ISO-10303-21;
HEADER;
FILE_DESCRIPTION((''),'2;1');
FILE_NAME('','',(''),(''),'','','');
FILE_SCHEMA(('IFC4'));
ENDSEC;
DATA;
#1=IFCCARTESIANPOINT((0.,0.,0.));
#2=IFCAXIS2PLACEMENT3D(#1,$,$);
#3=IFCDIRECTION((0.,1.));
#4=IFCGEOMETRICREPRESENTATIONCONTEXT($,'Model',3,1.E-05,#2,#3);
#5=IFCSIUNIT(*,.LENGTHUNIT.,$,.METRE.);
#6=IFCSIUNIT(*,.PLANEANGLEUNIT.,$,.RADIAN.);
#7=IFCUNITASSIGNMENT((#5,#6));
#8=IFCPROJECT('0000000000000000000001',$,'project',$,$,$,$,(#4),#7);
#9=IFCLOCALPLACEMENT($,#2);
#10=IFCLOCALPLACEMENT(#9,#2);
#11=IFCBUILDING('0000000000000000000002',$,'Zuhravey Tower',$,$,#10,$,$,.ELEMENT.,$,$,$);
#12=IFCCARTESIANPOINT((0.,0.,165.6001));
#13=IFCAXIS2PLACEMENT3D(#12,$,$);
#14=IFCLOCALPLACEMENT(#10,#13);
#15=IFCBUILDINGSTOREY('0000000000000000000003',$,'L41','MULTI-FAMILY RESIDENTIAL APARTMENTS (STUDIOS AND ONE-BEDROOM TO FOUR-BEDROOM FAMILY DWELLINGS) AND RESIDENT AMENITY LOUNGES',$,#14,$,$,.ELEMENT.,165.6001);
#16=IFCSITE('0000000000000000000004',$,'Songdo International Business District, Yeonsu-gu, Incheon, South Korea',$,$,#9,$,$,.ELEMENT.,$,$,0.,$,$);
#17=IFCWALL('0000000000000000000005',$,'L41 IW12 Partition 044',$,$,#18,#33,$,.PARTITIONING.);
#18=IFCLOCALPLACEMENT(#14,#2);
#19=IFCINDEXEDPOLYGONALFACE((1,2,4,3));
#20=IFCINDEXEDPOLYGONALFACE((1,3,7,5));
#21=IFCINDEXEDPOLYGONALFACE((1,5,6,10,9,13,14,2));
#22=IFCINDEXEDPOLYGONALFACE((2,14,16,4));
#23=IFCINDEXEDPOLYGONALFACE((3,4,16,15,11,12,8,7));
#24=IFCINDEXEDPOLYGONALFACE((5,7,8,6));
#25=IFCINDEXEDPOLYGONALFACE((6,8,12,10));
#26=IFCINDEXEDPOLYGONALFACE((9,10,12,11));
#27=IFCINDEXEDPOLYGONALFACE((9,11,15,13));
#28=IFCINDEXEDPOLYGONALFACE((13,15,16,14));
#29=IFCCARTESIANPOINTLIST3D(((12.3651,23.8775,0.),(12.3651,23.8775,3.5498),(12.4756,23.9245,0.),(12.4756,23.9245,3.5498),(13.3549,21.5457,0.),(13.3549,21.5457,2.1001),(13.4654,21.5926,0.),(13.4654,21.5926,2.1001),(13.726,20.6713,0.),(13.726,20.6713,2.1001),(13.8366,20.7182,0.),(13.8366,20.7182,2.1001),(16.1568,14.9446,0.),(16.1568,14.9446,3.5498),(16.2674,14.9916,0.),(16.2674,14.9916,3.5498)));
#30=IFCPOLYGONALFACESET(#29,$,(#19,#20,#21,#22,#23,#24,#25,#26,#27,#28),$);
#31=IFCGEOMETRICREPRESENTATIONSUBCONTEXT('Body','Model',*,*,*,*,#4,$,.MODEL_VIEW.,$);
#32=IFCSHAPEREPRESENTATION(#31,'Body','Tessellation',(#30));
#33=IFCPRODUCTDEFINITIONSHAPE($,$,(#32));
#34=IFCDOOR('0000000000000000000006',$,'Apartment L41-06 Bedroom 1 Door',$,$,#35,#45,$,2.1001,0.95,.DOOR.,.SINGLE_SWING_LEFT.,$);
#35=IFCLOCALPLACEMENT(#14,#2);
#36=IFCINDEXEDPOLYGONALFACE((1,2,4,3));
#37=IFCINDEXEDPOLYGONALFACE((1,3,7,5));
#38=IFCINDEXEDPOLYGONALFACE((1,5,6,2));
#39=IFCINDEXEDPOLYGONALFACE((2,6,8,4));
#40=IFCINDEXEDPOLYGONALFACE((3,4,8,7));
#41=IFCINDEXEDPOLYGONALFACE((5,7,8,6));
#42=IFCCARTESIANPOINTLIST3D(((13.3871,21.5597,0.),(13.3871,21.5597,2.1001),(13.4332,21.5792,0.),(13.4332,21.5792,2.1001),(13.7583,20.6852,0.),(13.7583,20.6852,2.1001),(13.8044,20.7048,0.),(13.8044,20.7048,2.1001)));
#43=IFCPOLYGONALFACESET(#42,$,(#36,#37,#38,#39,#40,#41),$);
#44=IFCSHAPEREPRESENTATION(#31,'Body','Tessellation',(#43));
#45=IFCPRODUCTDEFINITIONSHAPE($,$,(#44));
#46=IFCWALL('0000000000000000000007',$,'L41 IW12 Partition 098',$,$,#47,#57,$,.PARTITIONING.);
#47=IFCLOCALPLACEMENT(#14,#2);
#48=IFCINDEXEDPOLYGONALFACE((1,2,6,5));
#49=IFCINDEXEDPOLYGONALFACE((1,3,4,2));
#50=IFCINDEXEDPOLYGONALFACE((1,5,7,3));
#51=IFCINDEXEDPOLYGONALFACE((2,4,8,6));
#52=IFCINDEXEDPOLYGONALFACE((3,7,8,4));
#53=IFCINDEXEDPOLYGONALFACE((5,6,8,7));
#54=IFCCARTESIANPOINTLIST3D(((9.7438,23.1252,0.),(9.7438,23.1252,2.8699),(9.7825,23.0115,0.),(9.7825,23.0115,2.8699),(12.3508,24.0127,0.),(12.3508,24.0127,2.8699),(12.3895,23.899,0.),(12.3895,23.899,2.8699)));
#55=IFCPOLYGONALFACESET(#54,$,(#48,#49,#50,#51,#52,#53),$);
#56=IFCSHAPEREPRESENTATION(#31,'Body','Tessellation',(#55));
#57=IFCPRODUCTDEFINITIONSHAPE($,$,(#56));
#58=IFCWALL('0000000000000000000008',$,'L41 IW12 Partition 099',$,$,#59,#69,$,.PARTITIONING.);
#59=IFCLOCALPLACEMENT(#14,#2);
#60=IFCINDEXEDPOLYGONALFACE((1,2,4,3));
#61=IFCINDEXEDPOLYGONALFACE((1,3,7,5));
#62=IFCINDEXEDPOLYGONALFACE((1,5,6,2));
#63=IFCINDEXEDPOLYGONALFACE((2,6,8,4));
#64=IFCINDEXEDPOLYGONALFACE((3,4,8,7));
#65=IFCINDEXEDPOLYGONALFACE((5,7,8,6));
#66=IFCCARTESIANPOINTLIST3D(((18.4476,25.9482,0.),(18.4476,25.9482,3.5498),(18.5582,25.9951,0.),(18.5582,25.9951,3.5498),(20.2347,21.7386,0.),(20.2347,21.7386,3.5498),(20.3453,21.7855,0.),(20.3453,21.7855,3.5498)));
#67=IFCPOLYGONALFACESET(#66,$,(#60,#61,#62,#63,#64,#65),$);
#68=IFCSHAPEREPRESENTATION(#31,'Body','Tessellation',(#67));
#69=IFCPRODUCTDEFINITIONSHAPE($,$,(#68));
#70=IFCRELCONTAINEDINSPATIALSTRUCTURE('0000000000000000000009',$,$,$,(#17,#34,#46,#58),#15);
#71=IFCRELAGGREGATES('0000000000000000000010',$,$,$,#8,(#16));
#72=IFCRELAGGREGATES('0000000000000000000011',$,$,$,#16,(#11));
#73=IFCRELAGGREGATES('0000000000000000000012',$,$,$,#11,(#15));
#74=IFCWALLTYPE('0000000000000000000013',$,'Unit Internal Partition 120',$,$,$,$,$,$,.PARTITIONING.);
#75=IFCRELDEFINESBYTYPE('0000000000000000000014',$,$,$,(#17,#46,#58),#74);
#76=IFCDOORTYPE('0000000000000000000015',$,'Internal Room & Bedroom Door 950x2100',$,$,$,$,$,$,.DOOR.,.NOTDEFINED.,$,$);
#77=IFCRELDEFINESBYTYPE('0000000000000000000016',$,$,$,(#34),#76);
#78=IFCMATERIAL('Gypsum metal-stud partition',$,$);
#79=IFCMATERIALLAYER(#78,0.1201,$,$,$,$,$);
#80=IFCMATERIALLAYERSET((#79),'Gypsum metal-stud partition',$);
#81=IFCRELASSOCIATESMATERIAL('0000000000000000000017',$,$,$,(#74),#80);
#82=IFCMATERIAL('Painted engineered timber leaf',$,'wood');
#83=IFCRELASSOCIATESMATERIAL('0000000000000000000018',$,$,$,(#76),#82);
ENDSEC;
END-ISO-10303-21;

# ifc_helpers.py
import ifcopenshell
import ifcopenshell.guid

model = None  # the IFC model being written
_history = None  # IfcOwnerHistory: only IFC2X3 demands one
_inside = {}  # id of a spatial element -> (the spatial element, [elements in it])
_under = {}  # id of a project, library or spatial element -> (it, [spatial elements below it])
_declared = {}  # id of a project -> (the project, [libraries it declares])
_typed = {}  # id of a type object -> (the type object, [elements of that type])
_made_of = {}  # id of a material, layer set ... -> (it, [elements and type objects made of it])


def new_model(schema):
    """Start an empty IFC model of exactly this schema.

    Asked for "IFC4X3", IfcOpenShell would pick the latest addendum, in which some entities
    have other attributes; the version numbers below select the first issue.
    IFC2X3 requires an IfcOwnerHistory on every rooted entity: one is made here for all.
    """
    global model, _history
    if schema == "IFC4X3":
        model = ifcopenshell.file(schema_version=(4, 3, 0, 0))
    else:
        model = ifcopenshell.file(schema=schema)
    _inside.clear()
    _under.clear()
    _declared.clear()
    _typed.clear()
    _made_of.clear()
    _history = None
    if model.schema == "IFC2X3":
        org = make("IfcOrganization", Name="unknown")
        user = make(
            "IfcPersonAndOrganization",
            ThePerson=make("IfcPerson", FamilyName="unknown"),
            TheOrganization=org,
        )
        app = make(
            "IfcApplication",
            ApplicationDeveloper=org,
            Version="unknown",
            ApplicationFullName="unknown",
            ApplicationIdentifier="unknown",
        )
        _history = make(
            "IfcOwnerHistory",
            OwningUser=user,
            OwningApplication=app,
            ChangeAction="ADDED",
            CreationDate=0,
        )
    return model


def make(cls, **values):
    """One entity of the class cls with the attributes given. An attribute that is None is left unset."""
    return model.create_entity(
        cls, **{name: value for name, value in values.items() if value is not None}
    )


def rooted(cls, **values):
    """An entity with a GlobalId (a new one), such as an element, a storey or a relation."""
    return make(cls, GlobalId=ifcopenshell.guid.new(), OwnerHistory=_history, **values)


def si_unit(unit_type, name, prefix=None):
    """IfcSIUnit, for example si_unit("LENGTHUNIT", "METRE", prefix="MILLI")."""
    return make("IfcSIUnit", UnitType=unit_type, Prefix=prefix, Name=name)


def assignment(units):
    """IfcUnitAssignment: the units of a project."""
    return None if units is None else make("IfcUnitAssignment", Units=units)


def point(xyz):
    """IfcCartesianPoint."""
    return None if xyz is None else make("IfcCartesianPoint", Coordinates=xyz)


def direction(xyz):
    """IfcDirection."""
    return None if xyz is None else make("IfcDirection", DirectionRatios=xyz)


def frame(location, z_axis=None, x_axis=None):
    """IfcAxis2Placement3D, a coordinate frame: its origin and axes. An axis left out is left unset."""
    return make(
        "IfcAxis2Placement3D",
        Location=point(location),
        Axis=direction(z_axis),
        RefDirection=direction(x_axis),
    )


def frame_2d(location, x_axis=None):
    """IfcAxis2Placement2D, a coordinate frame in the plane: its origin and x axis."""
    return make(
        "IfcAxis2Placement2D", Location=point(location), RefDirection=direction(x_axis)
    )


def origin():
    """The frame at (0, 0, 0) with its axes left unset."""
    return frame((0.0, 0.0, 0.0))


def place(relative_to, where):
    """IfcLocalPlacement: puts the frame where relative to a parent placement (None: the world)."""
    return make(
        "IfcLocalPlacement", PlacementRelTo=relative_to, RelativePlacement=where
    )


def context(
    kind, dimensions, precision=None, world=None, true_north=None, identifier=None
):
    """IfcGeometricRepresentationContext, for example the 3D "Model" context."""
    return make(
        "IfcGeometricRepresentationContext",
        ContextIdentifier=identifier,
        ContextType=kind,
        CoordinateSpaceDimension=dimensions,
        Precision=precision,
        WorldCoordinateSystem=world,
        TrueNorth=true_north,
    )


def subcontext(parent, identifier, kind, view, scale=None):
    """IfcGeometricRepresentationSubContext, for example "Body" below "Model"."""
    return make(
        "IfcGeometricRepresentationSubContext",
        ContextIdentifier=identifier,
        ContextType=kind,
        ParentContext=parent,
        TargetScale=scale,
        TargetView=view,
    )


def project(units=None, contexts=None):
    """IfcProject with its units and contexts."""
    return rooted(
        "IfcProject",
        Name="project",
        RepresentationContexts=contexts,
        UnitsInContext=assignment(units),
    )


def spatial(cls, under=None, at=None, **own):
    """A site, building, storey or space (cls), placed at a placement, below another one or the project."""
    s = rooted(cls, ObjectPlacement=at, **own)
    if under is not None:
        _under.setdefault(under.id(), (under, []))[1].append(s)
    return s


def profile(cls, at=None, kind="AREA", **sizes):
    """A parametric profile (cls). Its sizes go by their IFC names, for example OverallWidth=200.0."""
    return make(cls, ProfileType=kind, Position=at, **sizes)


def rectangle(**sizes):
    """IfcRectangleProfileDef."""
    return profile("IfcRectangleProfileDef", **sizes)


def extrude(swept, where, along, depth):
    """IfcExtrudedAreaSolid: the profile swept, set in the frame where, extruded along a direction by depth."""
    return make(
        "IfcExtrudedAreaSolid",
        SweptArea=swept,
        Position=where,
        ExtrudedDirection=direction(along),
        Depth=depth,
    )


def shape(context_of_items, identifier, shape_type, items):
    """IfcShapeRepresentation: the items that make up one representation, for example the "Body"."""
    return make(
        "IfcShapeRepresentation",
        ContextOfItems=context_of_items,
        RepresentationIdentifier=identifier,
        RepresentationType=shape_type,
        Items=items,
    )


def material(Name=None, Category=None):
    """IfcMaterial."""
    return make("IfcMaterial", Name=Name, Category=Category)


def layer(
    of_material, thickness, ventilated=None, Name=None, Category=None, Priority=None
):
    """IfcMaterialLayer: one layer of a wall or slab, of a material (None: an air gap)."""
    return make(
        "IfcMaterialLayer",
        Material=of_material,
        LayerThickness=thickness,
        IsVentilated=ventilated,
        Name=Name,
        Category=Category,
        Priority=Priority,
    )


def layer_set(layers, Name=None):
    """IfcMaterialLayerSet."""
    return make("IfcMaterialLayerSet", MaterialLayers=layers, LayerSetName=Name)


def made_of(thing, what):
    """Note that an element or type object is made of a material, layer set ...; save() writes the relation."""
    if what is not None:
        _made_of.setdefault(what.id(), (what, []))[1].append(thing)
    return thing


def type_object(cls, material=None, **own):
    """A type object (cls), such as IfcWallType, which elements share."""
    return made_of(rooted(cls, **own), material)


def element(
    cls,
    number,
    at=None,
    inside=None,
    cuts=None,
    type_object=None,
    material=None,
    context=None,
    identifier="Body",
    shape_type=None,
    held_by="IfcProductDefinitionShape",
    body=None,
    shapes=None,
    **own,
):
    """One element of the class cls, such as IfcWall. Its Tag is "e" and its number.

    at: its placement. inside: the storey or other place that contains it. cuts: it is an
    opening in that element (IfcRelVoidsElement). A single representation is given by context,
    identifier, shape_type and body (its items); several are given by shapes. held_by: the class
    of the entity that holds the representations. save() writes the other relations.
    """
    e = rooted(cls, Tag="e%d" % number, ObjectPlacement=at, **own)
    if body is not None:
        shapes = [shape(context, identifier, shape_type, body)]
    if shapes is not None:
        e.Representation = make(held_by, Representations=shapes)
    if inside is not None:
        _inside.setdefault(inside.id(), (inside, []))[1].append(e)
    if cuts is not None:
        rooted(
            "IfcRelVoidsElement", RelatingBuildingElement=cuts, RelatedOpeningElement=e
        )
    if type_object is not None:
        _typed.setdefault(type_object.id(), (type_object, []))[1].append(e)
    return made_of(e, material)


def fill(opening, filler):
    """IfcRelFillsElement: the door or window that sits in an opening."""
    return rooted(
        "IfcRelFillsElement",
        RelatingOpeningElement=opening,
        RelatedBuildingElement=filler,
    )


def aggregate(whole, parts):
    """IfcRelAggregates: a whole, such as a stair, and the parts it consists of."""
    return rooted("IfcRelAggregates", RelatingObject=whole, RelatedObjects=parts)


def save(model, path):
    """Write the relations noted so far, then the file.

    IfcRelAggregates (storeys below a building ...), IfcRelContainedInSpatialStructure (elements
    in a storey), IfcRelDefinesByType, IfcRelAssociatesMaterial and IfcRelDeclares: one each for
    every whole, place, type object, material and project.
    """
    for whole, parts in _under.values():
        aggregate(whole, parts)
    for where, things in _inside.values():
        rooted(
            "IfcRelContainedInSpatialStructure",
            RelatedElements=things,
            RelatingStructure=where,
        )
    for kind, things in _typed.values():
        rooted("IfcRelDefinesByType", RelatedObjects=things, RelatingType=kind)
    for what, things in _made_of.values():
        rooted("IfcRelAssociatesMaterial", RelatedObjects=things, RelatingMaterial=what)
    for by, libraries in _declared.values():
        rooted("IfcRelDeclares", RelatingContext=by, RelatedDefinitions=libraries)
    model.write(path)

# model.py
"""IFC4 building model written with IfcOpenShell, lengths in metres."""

from ifc_helpers import new_model, si_unit, direction, frame, frame_2d, origin, place, context, subcontext, project, spatial, rectangle, extrude, material, layer, layer_set, type_object, element, fill, save


model = new_model("IFC4")

# Units and contexts
model_context = context("Model", 3, precision=1e-05, world=origin(), true_north=direction((0.0, 1.0)))
body_context = subcontext(model_context, "Body", "Model", "MODEL_VIEW")
ifc_project = project(units=[si_unit("LENGTHUNIT", "METRE"), si_unit("PLANEANGLEUNIT", "RADIAN")], contexts=[model_context])

# Site, building, storey
site_placement = place(None, origin())
site = spatial("IfcSite", under=ifc_project, at=site_placement, Name="Songdo International Business District, Yeonsu-gu, Incheon, South Korea", CompositionType="ELEMENT", RefElevation=0.0)
building_placement = place(site_placement, origin())
building = spatial("IfcBuilding", under=site, at=building_placement, Name="Zuhravey Tower", CompositionType="ELEMENT")
storey_placement = place(building_placement, frame((0.0, 0.0, 165.6001)))
storey = spatial("IfcBuildingStorey", under=building, at=storey_placement, Name="L41", Description="MULTI-FAMILY RESIDENTIAL APARTMENTS (STUDIOS AND ONE-BEDROOM TO FOUR-BEDROOM FAMILY DWELLINGS) AND RESIDENT AMENITY LOUNGES", CompositionType="ELEMENT", Elevation=165.6001)

# Wall, opening, door
ifc_material_1 = material(Name="Gypsum metal-stud partition")
ifc_layer_1 = layer(ifc_material_1, 0.1201)
ifc_layer_set_1 = layer_set([ifc_layer_1], Name="Gypsum metal-stud partition")
wall_type_1 = type_object("IfcWallType", Name="Unit Internal Partition 120", PredefinedType="PARTITIONING", material=ifc_layer_set_1)
ifc_material_2 = material(Name="Painted engineered timber leaf", Category="wood")
door_type_1 = type_object("IfcDoorType", Name="Internal Room & Bedroom Door 950x2100", OperationType="NOTDEFINED", PredefinedType="DOOR", material=ifc_material_2)
wall_1_placement = place(storey_placement, frame((12.4204, 23.9009, 0.0), z_axis=(0.0, 0.0, 1.0), x_axis=(0.390729, -0.920506, 0.0)))
wall_1 = element("IfcWall", 1, at=wall_1_placement, inside=storey, type_object=wall_type_1, Name="L41 IW12 Partition 044", PredefinedType="PARTITIONING", context=body_context, shape_type="SweptSolid", body=[
    extrude(rectangle(XDim=9.7043, YDim=0.1201, at=frame_2d((4.8521, 0.0))), origin(), (0.0, 0.0, 1.0), 3.5498),
])
opening_1_placement = place(wall_1_placement, frame((2.533, 0.0, 0.0)))
opening_1 = element("IfcOpeningElement", 2, at=opening_1_placement, cuts=wall_1, PredefinedType="OPENING", context=body_context, shape_type="SweptSolid", body=[
    extrude(rectangle(XDim=0.95, YDim=2.1001, at=frame_2d((0.4751, 1.05))), frame((0.0, 0.072, 0.0), z_axis=(0.0, -1.0, 0.0), x_axis=(1.0, 0.0, 0.0)), (0.0, 0.0, 1.0), 0.144),
])
door_1_placement = place(opening_1_placement, frame((0.95, 0.0, 0.0), z_axis=(0.0, 0.0, 1.0), x_axis=(-1.0, 0.0, 0.0)))
door_1 = element("IfcDoor", 3, at=door_1_placement, inside=storey, type_object=door_type_1, Name="Apartment L41-06 Bedroom 1 Door", OperationType="SINGLE_SWING_LEFT", OverallHeight=2.1001, OverallWidth=0.95, PredefinedType="DOOR", context=body_context, shape_type="SweptSolid", body=[
    extrude(rectangle(XDim=0.95, YDim=2.1001, at=frame_2d((0.4751, 1.05))), frame((0.0, 0.0249, 0.0), z_axis=(0.0, -1.0, 0.0), x_axis=(1.0, 0.0, 0.0)), (0.0, 0.0, 1.0), 0.05),
])
fill(opening_1, door_1)

# Walls
wall_2_placement = place(storey_placement, frame((12.3701, 23.9558, 0.0), z_axis=(0.0, 0.0, 1.0), x_axis=(-0.946652, -0.322259, 0.0)))
element("IfcWall", 4, at=wall_2_placement, inside=storey, type_object=wall_type_1, Name="L41 IW12 Partition 098", PredefinedType="PARTITIONING", context=body_context, shape_type="SweptSolid", body=[
    extrude(rectangle(XDim=2.7539, YDim=0.1201, at=frame_2d((1.377, 0.0))), origin(), (0.0, 0.0, 1.0), 2.8699),
])
wall_3_placement = place(storey_placement, frame((18.5029, 25.9717, 0.0), z_axis=(0.0, 0.0, 1.0), x_axis=(0.390766, -0.92049, 0.0)))
element("IfcWall", 5, at=wall_3_placement, inside=storey, type_object=wall_type_1, Name="L41 IW12 Partition 099", PredefinedType="PARTITIONING", context=body_context, shape_type="SweptSolid", body=[
    extrude(rectangle(XDim=4.5732, YDim=0.1201, at=frame_2d((2.2866, 0.0))), origin(), (0.0, 0.0, 1.0), 3.5498),
])

save(model, "model.ifc")
